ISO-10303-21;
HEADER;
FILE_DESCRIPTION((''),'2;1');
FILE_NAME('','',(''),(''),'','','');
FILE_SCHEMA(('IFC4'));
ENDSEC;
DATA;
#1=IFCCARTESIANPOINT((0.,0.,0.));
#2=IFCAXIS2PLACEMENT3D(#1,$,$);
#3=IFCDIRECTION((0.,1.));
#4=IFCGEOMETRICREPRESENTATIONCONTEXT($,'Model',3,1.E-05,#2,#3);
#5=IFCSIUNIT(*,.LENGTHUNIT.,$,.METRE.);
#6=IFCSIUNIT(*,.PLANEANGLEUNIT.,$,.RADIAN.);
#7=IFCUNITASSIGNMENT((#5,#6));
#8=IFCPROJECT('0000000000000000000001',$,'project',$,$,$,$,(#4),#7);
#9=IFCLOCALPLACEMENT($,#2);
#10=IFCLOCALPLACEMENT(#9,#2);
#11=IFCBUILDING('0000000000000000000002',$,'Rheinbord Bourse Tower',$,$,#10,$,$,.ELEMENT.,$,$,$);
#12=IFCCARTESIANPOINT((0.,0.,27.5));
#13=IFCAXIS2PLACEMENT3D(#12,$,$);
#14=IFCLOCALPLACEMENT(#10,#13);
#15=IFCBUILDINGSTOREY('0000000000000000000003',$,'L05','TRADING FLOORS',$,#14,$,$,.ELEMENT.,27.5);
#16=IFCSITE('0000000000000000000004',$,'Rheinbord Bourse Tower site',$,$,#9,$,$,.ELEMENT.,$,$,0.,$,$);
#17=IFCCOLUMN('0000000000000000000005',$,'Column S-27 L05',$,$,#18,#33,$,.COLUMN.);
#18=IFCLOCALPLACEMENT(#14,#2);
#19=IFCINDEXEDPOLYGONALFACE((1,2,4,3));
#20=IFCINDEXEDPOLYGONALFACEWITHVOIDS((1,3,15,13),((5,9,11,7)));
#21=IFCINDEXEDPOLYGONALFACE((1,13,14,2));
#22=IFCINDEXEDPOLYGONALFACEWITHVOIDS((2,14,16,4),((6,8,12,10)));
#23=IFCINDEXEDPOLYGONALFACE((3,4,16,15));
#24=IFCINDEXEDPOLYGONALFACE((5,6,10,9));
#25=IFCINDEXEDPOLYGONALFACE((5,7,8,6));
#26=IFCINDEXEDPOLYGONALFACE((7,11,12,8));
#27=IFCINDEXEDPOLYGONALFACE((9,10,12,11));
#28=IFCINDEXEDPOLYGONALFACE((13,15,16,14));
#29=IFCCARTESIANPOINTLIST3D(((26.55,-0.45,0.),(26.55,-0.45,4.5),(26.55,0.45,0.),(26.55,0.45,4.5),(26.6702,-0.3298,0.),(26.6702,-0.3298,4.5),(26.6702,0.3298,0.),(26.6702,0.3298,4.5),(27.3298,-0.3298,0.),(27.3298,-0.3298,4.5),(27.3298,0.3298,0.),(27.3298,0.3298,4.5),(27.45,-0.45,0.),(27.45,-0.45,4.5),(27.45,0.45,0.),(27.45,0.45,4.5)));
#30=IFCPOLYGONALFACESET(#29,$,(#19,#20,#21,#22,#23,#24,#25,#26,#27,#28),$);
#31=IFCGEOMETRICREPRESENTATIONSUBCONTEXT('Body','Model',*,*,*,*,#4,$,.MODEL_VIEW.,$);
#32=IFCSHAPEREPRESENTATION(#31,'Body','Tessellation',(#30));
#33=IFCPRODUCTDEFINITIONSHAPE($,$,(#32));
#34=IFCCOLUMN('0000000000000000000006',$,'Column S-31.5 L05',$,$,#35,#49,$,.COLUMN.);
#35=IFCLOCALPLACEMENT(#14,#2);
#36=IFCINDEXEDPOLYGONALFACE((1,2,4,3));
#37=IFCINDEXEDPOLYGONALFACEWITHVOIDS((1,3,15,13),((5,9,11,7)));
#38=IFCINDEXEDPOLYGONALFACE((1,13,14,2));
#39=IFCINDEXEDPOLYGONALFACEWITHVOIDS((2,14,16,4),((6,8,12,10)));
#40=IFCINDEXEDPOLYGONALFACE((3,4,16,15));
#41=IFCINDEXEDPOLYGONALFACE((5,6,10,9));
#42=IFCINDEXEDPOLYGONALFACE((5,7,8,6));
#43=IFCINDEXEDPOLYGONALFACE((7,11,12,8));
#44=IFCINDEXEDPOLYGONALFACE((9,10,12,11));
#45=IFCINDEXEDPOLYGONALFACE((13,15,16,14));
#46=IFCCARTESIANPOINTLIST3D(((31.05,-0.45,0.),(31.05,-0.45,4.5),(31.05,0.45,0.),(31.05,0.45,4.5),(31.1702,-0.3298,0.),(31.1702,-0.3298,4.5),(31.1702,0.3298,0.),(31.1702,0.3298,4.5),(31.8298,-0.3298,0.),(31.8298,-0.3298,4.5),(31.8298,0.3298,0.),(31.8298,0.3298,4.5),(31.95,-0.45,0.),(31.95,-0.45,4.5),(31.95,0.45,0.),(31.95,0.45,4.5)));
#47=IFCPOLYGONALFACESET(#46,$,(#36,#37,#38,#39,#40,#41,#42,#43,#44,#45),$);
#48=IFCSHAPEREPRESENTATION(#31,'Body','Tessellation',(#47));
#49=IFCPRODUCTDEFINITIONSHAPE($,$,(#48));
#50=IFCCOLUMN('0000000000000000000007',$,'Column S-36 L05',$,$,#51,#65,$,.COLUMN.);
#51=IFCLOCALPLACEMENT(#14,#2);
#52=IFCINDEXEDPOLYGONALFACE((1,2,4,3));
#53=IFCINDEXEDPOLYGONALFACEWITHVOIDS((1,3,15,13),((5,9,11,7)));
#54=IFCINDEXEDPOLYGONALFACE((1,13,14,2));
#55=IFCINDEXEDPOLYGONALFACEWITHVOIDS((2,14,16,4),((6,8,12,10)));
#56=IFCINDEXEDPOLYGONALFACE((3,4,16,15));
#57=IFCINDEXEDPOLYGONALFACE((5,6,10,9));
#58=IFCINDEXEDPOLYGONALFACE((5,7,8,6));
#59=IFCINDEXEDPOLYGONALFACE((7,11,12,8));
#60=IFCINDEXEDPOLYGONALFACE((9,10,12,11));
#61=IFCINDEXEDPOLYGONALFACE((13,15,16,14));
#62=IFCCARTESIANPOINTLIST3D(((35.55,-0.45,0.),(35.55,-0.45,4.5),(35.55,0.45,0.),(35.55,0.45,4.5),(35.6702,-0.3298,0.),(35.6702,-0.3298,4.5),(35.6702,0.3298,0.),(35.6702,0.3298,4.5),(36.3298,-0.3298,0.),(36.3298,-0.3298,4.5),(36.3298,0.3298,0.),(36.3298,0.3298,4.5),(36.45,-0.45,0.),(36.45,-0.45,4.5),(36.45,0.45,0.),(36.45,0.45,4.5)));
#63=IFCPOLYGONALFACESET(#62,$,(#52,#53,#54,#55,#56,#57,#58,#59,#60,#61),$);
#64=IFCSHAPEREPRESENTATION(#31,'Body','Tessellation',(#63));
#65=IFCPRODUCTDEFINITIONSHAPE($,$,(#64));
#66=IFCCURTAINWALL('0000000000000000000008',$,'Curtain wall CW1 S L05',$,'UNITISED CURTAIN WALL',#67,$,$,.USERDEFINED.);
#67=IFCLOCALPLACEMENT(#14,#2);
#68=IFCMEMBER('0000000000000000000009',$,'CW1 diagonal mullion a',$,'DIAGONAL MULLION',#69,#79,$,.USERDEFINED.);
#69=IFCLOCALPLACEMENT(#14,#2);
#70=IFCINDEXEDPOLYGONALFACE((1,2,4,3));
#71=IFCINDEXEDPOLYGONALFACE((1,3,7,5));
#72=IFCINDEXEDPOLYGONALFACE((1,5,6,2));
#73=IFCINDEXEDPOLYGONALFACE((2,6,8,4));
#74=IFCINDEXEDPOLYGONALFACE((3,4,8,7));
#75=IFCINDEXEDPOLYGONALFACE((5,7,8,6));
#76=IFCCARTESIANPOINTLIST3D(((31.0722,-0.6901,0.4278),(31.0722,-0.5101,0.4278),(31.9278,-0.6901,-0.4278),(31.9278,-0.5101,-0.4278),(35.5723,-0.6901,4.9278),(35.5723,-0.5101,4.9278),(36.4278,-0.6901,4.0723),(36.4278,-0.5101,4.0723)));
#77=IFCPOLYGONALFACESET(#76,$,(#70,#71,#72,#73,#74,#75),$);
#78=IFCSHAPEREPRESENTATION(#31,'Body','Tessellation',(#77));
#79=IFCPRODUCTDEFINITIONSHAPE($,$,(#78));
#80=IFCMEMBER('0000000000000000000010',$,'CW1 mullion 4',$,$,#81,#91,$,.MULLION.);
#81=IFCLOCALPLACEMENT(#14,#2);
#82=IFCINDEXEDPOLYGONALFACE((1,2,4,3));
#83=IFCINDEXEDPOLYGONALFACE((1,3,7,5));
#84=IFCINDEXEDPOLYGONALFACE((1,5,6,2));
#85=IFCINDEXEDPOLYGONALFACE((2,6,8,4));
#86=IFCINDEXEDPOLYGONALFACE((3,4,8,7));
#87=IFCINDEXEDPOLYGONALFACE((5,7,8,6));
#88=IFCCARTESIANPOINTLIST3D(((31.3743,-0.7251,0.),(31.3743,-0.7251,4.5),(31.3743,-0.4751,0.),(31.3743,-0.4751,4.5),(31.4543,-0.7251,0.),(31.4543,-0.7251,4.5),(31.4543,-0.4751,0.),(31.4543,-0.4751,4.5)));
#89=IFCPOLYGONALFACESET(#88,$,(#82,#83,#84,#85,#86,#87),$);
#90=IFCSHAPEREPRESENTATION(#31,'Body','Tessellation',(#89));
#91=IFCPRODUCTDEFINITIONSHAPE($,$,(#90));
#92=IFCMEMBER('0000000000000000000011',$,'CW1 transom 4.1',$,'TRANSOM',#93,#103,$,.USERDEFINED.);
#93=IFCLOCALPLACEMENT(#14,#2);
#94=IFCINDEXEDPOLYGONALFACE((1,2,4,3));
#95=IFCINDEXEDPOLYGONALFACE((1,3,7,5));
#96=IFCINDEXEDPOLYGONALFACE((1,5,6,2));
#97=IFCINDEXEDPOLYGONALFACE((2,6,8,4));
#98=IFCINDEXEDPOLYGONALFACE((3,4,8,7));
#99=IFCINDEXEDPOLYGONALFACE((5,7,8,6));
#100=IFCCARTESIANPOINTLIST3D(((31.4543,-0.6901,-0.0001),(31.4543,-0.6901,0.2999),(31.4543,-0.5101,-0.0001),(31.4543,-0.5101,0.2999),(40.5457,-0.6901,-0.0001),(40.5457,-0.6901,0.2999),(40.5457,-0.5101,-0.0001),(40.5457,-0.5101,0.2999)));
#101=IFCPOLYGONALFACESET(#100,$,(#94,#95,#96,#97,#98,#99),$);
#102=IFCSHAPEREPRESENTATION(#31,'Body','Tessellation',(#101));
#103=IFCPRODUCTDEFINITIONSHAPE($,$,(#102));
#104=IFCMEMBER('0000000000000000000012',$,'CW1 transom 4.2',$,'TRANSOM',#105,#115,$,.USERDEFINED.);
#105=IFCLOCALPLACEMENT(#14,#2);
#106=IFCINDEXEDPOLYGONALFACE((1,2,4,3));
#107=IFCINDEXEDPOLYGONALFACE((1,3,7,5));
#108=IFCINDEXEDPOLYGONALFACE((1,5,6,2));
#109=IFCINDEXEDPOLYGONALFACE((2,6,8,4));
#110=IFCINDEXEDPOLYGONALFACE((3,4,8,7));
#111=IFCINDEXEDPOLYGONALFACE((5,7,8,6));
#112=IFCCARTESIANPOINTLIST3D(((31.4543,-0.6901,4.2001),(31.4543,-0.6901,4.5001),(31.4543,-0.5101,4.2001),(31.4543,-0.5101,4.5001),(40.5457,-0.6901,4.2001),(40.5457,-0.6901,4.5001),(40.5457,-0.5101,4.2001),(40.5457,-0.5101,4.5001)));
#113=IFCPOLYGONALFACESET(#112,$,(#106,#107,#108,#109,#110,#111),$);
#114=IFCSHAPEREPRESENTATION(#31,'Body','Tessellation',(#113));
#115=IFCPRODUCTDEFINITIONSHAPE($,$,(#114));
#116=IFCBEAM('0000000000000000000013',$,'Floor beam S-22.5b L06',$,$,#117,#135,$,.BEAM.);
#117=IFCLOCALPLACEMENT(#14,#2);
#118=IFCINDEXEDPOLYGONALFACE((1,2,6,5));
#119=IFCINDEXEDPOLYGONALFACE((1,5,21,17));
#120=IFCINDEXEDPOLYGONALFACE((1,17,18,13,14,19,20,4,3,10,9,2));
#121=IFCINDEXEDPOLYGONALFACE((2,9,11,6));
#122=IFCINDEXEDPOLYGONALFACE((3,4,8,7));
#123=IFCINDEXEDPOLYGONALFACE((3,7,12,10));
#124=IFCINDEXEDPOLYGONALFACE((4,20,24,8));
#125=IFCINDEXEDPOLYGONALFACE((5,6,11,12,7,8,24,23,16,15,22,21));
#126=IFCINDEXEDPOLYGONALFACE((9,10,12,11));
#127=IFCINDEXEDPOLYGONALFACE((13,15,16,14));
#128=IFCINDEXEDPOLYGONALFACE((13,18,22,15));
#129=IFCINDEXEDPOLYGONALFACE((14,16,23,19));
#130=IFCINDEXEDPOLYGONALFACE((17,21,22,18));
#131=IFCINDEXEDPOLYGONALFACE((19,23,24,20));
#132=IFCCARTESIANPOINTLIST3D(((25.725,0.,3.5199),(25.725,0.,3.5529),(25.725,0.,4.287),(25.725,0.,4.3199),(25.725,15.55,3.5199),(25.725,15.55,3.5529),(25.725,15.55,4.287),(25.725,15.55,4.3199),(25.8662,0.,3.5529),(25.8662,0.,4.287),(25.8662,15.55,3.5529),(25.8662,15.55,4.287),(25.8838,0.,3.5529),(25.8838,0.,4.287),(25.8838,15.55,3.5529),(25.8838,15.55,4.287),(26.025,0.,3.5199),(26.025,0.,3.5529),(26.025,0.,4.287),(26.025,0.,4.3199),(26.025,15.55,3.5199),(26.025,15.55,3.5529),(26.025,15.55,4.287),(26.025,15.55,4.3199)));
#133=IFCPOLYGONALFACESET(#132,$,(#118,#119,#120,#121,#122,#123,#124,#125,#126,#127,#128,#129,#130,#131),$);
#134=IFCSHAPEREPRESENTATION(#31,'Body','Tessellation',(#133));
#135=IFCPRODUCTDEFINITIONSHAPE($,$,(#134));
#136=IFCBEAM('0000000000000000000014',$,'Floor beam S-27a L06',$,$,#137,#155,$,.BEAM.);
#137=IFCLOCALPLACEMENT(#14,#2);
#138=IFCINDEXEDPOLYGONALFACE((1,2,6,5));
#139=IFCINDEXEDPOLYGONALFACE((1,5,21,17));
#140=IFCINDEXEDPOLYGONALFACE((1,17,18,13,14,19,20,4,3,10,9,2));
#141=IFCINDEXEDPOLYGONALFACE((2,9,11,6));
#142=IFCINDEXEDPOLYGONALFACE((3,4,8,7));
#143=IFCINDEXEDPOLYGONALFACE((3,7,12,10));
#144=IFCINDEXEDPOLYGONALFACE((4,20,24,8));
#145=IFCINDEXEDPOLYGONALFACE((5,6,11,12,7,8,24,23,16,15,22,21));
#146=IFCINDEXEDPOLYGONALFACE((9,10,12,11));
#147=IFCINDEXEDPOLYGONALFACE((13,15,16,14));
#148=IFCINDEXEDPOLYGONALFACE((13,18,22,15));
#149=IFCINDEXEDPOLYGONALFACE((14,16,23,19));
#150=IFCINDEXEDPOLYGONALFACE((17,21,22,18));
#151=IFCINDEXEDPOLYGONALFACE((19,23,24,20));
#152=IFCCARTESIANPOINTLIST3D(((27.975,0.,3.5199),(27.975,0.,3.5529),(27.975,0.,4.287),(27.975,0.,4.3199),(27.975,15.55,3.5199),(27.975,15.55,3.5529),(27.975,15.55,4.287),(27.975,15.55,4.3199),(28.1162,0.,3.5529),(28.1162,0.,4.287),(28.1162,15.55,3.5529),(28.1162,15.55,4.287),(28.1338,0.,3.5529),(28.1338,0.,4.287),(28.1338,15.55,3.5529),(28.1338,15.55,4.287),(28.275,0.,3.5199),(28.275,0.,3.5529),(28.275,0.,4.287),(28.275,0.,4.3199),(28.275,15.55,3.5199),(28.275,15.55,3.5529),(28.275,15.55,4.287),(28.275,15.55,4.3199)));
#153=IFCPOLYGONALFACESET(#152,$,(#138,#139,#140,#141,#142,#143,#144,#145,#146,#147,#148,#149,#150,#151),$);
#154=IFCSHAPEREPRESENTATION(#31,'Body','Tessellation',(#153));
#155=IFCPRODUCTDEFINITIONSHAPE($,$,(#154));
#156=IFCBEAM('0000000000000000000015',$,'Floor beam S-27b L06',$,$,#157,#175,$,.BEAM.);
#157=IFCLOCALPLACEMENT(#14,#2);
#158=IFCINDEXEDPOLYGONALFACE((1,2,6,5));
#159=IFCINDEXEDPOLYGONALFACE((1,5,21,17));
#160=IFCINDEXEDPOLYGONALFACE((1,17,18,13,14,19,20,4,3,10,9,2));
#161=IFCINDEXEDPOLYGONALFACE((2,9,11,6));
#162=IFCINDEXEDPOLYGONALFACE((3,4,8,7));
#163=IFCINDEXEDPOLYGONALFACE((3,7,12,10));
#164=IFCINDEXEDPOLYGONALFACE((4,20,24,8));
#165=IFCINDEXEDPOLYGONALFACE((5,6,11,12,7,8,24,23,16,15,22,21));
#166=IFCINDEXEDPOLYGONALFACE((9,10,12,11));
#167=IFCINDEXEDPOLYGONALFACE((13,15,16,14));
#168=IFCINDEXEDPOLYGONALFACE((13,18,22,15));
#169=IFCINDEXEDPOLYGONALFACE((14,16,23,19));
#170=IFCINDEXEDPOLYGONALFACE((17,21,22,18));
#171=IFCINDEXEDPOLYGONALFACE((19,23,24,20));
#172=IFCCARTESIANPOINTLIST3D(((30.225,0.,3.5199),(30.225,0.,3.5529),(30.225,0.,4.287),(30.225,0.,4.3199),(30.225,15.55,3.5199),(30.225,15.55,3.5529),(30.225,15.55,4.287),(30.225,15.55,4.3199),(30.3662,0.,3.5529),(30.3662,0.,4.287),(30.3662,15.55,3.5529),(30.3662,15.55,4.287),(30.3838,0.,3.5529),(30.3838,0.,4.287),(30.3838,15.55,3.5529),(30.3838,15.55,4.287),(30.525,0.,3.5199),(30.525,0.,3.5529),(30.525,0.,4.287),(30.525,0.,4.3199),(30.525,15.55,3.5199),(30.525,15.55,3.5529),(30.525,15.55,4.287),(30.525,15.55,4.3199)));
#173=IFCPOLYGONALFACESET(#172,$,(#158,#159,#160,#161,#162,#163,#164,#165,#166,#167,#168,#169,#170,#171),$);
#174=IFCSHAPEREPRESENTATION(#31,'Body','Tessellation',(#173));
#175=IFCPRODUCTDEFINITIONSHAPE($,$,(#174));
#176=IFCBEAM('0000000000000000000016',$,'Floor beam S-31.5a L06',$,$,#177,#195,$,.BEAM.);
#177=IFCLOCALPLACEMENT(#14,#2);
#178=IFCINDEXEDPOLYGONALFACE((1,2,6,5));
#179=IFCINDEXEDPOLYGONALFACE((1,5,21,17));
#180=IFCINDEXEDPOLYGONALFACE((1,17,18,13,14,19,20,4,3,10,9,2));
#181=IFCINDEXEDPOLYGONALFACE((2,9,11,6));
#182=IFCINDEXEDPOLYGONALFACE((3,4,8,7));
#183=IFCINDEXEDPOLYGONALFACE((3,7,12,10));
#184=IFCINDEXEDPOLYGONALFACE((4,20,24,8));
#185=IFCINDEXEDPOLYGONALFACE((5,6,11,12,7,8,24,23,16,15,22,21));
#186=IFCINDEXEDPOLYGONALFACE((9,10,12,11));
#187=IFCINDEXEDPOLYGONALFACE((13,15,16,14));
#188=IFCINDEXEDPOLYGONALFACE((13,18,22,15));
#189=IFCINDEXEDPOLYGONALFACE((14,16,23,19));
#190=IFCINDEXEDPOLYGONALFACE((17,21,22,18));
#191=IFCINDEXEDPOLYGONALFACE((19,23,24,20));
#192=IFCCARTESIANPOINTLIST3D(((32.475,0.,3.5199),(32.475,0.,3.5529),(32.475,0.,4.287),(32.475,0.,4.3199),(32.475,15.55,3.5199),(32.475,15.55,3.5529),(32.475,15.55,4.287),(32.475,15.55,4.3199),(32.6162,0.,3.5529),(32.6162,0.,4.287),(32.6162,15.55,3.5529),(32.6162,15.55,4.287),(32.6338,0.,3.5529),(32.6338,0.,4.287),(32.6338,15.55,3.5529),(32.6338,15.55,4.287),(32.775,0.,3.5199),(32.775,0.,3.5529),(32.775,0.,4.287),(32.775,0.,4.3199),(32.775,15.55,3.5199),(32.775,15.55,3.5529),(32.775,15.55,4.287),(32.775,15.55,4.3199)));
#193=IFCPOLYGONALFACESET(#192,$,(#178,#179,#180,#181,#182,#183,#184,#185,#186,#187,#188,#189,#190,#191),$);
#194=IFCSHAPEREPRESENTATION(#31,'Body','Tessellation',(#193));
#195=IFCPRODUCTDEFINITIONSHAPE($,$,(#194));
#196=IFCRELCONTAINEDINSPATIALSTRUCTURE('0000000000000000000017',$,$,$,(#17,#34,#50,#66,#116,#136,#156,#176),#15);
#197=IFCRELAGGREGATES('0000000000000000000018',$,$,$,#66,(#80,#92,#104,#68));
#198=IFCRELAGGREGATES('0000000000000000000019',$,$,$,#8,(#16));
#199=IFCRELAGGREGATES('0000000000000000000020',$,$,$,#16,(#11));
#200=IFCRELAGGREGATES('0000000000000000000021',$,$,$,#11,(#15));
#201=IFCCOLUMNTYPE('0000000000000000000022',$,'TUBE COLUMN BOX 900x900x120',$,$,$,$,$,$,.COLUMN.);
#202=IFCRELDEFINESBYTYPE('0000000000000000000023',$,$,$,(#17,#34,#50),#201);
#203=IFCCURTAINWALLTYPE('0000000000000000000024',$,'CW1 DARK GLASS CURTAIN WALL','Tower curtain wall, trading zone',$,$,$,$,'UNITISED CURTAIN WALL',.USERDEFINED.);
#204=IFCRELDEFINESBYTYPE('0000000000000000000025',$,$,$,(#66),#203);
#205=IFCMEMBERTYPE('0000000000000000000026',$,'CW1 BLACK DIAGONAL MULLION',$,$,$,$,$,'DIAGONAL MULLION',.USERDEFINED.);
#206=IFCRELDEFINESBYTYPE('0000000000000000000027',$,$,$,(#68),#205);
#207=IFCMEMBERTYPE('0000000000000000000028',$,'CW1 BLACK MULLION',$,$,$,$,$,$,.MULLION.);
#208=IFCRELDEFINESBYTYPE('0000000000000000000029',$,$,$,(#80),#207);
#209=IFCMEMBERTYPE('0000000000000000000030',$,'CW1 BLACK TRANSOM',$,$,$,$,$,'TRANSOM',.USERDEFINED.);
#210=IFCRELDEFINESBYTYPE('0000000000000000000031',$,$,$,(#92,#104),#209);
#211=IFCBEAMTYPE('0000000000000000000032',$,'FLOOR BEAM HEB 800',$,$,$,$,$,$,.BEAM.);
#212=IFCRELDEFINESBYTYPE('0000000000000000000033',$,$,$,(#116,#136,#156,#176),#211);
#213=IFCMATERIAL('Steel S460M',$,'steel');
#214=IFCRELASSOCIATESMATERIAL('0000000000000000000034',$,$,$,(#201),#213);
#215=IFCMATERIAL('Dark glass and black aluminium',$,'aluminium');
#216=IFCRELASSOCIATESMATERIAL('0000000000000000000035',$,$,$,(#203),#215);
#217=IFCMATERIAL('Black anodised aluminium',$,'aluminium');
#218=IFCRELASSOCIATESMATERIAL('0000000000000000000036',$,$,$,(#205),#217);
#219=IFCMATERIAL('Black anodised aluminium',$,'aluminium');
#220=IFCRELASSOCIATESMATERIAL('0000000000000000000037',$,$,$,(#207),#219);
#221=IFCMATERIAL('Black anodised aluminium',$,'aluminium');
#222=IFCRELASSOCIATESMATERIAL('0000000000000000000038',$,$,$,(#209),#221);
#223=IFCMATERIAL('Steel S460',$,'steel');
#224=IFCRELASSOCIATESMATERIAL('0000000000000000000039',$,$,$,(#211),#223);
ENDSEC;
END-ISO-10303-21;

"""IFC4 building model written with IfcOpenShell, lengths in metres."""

from ifc_helpers import new_model, si_unit, direction, frame, origin, origin_2d, place, context, subcontext, project, spatial, rectangle, hollow_rectangle, i_section, extrude, material, material_profile, profile_set, type_object, element, aggregate, save


model = new_model("IFC4")

# Units and contexts
model_context = context("Model", 3, precision=1e-05, world=origin(), true_north=direction((0.0, 1.0)))
body_context = subcontext(model_context, "Body", "Model", "MODEL_VIEW")
ifc_project = project(units=[si_unit("LENGTHUNIT", "METRE"), si_unit("PLANEANGLEUNIT", "RADIAN")], contexts=[model_context])

# Site, building, storey
site_placement = place(None, origin())
site = spatial("IfcSite", under=ifc_project, at=site_placement, Name="Rheinbord Bourse Tower site", CompositionType="ELEMENT", RefElevation=0.0)
building_placement = place(site_placement, origin())
building = spatial("IfcBuilding", under=site, at=building_placement, Name="Rheinbord Bourse Tower", CompositionType="ELEMENT")
storey_placement = place(building_placement, frame((0.0, 0.0, 27.5)))
storey = spatial("IfcBuildingStorey", under=building, at=storey_placement, Name="L05", Description="TRADING FLOORS", CompositionType="ELEMENT", Elevation=27.5)

# Columns
ifc_material_1 = material(Name="Steel S460M", Category="steel")
ifc_material_profile_1 = material_profile(ifc_material_1, hollow_rectangle(XDim=0.8999, YDim=0.8999, WallThickness=0.1201, at=origin_2d()), Name="BOX 900x900x120")
ifc_profile_set_1 = profile_set([ifc_material_profile_1], Name="Steel S460M")
column_type = type_object("IfcColumnType", Name="TUBE COLUMN BOX 900x900x120", PredefinedType="COLUMN", material=ifc_profile_set_1)
for number, where, z_axis, x_axis, name in (
    (1, (27.0, 0.0, 0.0), (0.0, 0.0, 1.0), (0.0, 1.0, 0.0), "Column S-27 L05"),
    (2, (31.5, 0.0, 0.0), (0.0, 0.0, 1.0), (0.0, 1.0, 0.0), "Column S-31.5 L05"),
    (3, (36.0, 0.0, 0.0), (0.0, 0.0, 1.0), (0.0, 1.0, 0.0), "Column S-36 L05"),
):
    element("IfcColumn", number, at=place(storey_placement, frame(where, z_axis=z_axis, x_axis=x_axis)), inside=storey, type_object=column_type, Name=name, PredefinedType="COLUMN", context=body_context, shape_type="SweptSolid", body=[
        extrude(hollow_rectangle(XDim=0.8999, YDim=0.8999, WallThickness=0.1201, at=origin_2d()), origin(), (0.0, 0.0, 1.0), 4.5),
    ])

# Curtain wall, members
ifc_material_2 = material(Name="Dark glass and black aluminium", Category="aluminium")
curtain_wall_type = type_object("IfcCurtainWallType", Name="CW1 DARK GLASS CURTAIN WALL", Description="Tower curtain wall, trading zone", ElementType="UNITISED CURTAIN WALL", PredefinedType="USERDEFINED", material=ifc_material_2)
curtain_wall_placement = place(storey_placement, origin())
curtain_wall = element("IfcCurtainWall", 4, at=curtain_wall_placement, inside=storey, type_object=curtain_wall_type, Name="Curtain wall CW1 S L05", ObjectType="UNITISED CURTAIN WALL", PredefinedType="USERDEFINED")
ifc_material_3 = material(Name="Black anodised aluminium", Category="aluminium")
ifc_material_profile_2 = material_profile(ifc_material_3, rectangle(XDim=0.1799, YDim=1.21, at=origin_2d()), Name="CW1 DIAGONAL MULLION 1210x180")
ifc_profile_set_2 = profile_set([ifc_material_profile_2], Name="Black anodised aluminium")
member_type_1 = type_object("IfcMemberType", Name="CW1 BLACK DIAGONAL MULLION", ElementType="DIAGONAL MULLION", PredefinedType="USERDEFINED", material=ifc_profile_set_2)
member_1_placement = place(storey_placement, frame((31.5, -0.6001, 0.0), z_axis=(0.707107, 0.0, 0.707107), x_axis=(0.0, 1.0, 0.0)))
member_1 = element("IfcMember", 5, at=member_1_placement, type_object=member_type_1, Name="CW1 diagonal mullion a", ObjectType="DIAGONAL MULLION", PredefinedType="USERDEFINED", context=body_context, shape_type="SweptSolid", body=[
    extrude(rectangle(XDim=0.1799, YDim=1.21, at=origin_2d()), origin(), (0.0, 0.0, 1.0), 6.364),
])
ifc_material_4 = material(Name="Black anodised aluminium", Category="aluminium")
ifc_material_profile_3 = material_profile(ifc_material_4, rectangle(XDim=0.25, YDim=0.0801, at=origin_2d()), Name="CW1 MULLION 80x250")
ifc_profile_set_3 = profile_set([ifc_material_profile_3], Name="Black anodised aluminium")
member_type_2 = type_object("IfcMemberType", Name="CW1 BLACK MULLION", PredefinedType="MULLION", material=ifc_profile_set_3)
member_2_placement = place(storey_placement, frame((31.4143, -0.6001, 0.0), z_axis=(0.0, 0.0, 1.0), x_axis=(0.0, 1.0, 0.0)))
member_2 = element("IfcMember", 6, at=member_2_placement, type_object=member_type_2, Name="CW1 mullion 4", PredefinedType="MULLION", context=body_context, shape_type="SweptSolid", body=[
    extrude(rectangle(XDim=0.25, YDim=0.0801, at=origin_2d()), origin(), (0.0, 0.0, 1.0), 4.5),
])
ifc_material_5 = material(Name="Black anodised aluminium", Category="aluminium")
ifc_material_profile_4 = material_profile(ifc_material_5, rectangle(XDim=0.1799, YDim=0.3, at=origin_2d()), Name="CW1 TRANSOM 300x180")
ifc_profile_set_4 = profile_set([ifc_material_profile_4], Name="Black anodised aluminium")
member_type_3 = type_object("IfcMemberType", Name="CW1 BLACK TRANSOM", ElementType="TRANSOM", PredefinedType="USERDEFINED", material=ifc_profile_set_4)
member_3_placement = place(storey_placement, frame((31.4543, -0.6001, 0.1499), z_axis=(1.0, 0.0, 0.0), x_axis=(0.0, 1.0, 0.0)))
member_3 = element("IfcMember", 7, at=member_3_placement, type_object=member_type_3, Name="CW1 transom 4.1", ObjectType="TRANSOM", PredefinedType="USERDEFINED", context=body_context, shape_type="SweptSolid", body=[
    extrude(rectangle(XDim=0.1799, YDim=0.3, at=origin_2d()), origin(), (0.0, 0.0, 1.0), 9.0913),
])
member_4_placement = place(storey_placement, frame((31.4543, -0.6001, 4.3501), z_axis=(1.0, 0.0, 0.0), x_axis=(0.0, 1.0, 0.0)))
member_4 = element("IfcMember", 8, at=member_4_placement, type_object=member_type_3, Name="CW1 transom 4.2", ObjectType="TRANSOM", PredefinedType="USERDEFINED", context=body_context, shape_type="SweptSolid", body=[
    extrude(rectangle(XDim=0.1799, YDim=0.3, at=origin_2d()), origin(), (0.0, 0.0, 1.0), 9.0913),
])

# Beams
ifc_material_6 = material(Name="Steel S460", Category="steel")
ifc_material_profile_5 = material_profile(ifc_material_6, i_section(OverallWidth=0.3, OverallDepth=0.8, WebThickness=0.0176, FlangeThickness=0.033, at=origin_2d()), Name="HEB 800")
ifc_profile_set_5 = profile_set([ifc_material_profile_5], Name="Steel S460")
beam_type_1 = type_object("IfcBeamType", Name="FLOOR BEAM HEB 800", PredefinedType="BEAM", material=ifc_profile_set_5)
for number, where, z_axis, x_axis, name in (
    (9, (25.875, 0.0, 3.9199), (0.0, 1.0, 0.0), (-1.0, 0.0, 0.0), "Floor beam S-22.5b L06"),
    (10, (28.125, 0.0, 3.9199), (0.0, 1.0, 0.0), (-1.0, 0.0, 0.0), "Floor beam S-27a L06"),
    (11, (30.375, 0.0, 3.9199), (0.0, 1.0, 0.0), (-1.0, 0.0, 0.0), "Floor beam S-27b L06"),
    (12, (32.625, 0.0, 3.9199), (0.0, 1.0, 0.0), (-1.0, 0.0, 0.0), "Floor beam S-31.5a L06"),
):
    element("IfcBeam", number, at=place(storey_placement, frame(where, z_axis=z_axis, x_axis=x_axis)), inside=storey, type_object=beam_type_1, Name=name, PredefinedType="BEAM", context=body_context, shape_type="SweptSolid", body=[
        extrude(i_section(OverallWidth=0.3, OverallDepth=0.8, WebThickness=0.0176, FlangeThickness=0.033, at=origin_2d()), origin(), (0.0, 0.0, 1.0), 15.55),
    ])

aggregate(curtain_wall, [member_2, member_3, member_4, member_1])

save(model, "model.ifc")
